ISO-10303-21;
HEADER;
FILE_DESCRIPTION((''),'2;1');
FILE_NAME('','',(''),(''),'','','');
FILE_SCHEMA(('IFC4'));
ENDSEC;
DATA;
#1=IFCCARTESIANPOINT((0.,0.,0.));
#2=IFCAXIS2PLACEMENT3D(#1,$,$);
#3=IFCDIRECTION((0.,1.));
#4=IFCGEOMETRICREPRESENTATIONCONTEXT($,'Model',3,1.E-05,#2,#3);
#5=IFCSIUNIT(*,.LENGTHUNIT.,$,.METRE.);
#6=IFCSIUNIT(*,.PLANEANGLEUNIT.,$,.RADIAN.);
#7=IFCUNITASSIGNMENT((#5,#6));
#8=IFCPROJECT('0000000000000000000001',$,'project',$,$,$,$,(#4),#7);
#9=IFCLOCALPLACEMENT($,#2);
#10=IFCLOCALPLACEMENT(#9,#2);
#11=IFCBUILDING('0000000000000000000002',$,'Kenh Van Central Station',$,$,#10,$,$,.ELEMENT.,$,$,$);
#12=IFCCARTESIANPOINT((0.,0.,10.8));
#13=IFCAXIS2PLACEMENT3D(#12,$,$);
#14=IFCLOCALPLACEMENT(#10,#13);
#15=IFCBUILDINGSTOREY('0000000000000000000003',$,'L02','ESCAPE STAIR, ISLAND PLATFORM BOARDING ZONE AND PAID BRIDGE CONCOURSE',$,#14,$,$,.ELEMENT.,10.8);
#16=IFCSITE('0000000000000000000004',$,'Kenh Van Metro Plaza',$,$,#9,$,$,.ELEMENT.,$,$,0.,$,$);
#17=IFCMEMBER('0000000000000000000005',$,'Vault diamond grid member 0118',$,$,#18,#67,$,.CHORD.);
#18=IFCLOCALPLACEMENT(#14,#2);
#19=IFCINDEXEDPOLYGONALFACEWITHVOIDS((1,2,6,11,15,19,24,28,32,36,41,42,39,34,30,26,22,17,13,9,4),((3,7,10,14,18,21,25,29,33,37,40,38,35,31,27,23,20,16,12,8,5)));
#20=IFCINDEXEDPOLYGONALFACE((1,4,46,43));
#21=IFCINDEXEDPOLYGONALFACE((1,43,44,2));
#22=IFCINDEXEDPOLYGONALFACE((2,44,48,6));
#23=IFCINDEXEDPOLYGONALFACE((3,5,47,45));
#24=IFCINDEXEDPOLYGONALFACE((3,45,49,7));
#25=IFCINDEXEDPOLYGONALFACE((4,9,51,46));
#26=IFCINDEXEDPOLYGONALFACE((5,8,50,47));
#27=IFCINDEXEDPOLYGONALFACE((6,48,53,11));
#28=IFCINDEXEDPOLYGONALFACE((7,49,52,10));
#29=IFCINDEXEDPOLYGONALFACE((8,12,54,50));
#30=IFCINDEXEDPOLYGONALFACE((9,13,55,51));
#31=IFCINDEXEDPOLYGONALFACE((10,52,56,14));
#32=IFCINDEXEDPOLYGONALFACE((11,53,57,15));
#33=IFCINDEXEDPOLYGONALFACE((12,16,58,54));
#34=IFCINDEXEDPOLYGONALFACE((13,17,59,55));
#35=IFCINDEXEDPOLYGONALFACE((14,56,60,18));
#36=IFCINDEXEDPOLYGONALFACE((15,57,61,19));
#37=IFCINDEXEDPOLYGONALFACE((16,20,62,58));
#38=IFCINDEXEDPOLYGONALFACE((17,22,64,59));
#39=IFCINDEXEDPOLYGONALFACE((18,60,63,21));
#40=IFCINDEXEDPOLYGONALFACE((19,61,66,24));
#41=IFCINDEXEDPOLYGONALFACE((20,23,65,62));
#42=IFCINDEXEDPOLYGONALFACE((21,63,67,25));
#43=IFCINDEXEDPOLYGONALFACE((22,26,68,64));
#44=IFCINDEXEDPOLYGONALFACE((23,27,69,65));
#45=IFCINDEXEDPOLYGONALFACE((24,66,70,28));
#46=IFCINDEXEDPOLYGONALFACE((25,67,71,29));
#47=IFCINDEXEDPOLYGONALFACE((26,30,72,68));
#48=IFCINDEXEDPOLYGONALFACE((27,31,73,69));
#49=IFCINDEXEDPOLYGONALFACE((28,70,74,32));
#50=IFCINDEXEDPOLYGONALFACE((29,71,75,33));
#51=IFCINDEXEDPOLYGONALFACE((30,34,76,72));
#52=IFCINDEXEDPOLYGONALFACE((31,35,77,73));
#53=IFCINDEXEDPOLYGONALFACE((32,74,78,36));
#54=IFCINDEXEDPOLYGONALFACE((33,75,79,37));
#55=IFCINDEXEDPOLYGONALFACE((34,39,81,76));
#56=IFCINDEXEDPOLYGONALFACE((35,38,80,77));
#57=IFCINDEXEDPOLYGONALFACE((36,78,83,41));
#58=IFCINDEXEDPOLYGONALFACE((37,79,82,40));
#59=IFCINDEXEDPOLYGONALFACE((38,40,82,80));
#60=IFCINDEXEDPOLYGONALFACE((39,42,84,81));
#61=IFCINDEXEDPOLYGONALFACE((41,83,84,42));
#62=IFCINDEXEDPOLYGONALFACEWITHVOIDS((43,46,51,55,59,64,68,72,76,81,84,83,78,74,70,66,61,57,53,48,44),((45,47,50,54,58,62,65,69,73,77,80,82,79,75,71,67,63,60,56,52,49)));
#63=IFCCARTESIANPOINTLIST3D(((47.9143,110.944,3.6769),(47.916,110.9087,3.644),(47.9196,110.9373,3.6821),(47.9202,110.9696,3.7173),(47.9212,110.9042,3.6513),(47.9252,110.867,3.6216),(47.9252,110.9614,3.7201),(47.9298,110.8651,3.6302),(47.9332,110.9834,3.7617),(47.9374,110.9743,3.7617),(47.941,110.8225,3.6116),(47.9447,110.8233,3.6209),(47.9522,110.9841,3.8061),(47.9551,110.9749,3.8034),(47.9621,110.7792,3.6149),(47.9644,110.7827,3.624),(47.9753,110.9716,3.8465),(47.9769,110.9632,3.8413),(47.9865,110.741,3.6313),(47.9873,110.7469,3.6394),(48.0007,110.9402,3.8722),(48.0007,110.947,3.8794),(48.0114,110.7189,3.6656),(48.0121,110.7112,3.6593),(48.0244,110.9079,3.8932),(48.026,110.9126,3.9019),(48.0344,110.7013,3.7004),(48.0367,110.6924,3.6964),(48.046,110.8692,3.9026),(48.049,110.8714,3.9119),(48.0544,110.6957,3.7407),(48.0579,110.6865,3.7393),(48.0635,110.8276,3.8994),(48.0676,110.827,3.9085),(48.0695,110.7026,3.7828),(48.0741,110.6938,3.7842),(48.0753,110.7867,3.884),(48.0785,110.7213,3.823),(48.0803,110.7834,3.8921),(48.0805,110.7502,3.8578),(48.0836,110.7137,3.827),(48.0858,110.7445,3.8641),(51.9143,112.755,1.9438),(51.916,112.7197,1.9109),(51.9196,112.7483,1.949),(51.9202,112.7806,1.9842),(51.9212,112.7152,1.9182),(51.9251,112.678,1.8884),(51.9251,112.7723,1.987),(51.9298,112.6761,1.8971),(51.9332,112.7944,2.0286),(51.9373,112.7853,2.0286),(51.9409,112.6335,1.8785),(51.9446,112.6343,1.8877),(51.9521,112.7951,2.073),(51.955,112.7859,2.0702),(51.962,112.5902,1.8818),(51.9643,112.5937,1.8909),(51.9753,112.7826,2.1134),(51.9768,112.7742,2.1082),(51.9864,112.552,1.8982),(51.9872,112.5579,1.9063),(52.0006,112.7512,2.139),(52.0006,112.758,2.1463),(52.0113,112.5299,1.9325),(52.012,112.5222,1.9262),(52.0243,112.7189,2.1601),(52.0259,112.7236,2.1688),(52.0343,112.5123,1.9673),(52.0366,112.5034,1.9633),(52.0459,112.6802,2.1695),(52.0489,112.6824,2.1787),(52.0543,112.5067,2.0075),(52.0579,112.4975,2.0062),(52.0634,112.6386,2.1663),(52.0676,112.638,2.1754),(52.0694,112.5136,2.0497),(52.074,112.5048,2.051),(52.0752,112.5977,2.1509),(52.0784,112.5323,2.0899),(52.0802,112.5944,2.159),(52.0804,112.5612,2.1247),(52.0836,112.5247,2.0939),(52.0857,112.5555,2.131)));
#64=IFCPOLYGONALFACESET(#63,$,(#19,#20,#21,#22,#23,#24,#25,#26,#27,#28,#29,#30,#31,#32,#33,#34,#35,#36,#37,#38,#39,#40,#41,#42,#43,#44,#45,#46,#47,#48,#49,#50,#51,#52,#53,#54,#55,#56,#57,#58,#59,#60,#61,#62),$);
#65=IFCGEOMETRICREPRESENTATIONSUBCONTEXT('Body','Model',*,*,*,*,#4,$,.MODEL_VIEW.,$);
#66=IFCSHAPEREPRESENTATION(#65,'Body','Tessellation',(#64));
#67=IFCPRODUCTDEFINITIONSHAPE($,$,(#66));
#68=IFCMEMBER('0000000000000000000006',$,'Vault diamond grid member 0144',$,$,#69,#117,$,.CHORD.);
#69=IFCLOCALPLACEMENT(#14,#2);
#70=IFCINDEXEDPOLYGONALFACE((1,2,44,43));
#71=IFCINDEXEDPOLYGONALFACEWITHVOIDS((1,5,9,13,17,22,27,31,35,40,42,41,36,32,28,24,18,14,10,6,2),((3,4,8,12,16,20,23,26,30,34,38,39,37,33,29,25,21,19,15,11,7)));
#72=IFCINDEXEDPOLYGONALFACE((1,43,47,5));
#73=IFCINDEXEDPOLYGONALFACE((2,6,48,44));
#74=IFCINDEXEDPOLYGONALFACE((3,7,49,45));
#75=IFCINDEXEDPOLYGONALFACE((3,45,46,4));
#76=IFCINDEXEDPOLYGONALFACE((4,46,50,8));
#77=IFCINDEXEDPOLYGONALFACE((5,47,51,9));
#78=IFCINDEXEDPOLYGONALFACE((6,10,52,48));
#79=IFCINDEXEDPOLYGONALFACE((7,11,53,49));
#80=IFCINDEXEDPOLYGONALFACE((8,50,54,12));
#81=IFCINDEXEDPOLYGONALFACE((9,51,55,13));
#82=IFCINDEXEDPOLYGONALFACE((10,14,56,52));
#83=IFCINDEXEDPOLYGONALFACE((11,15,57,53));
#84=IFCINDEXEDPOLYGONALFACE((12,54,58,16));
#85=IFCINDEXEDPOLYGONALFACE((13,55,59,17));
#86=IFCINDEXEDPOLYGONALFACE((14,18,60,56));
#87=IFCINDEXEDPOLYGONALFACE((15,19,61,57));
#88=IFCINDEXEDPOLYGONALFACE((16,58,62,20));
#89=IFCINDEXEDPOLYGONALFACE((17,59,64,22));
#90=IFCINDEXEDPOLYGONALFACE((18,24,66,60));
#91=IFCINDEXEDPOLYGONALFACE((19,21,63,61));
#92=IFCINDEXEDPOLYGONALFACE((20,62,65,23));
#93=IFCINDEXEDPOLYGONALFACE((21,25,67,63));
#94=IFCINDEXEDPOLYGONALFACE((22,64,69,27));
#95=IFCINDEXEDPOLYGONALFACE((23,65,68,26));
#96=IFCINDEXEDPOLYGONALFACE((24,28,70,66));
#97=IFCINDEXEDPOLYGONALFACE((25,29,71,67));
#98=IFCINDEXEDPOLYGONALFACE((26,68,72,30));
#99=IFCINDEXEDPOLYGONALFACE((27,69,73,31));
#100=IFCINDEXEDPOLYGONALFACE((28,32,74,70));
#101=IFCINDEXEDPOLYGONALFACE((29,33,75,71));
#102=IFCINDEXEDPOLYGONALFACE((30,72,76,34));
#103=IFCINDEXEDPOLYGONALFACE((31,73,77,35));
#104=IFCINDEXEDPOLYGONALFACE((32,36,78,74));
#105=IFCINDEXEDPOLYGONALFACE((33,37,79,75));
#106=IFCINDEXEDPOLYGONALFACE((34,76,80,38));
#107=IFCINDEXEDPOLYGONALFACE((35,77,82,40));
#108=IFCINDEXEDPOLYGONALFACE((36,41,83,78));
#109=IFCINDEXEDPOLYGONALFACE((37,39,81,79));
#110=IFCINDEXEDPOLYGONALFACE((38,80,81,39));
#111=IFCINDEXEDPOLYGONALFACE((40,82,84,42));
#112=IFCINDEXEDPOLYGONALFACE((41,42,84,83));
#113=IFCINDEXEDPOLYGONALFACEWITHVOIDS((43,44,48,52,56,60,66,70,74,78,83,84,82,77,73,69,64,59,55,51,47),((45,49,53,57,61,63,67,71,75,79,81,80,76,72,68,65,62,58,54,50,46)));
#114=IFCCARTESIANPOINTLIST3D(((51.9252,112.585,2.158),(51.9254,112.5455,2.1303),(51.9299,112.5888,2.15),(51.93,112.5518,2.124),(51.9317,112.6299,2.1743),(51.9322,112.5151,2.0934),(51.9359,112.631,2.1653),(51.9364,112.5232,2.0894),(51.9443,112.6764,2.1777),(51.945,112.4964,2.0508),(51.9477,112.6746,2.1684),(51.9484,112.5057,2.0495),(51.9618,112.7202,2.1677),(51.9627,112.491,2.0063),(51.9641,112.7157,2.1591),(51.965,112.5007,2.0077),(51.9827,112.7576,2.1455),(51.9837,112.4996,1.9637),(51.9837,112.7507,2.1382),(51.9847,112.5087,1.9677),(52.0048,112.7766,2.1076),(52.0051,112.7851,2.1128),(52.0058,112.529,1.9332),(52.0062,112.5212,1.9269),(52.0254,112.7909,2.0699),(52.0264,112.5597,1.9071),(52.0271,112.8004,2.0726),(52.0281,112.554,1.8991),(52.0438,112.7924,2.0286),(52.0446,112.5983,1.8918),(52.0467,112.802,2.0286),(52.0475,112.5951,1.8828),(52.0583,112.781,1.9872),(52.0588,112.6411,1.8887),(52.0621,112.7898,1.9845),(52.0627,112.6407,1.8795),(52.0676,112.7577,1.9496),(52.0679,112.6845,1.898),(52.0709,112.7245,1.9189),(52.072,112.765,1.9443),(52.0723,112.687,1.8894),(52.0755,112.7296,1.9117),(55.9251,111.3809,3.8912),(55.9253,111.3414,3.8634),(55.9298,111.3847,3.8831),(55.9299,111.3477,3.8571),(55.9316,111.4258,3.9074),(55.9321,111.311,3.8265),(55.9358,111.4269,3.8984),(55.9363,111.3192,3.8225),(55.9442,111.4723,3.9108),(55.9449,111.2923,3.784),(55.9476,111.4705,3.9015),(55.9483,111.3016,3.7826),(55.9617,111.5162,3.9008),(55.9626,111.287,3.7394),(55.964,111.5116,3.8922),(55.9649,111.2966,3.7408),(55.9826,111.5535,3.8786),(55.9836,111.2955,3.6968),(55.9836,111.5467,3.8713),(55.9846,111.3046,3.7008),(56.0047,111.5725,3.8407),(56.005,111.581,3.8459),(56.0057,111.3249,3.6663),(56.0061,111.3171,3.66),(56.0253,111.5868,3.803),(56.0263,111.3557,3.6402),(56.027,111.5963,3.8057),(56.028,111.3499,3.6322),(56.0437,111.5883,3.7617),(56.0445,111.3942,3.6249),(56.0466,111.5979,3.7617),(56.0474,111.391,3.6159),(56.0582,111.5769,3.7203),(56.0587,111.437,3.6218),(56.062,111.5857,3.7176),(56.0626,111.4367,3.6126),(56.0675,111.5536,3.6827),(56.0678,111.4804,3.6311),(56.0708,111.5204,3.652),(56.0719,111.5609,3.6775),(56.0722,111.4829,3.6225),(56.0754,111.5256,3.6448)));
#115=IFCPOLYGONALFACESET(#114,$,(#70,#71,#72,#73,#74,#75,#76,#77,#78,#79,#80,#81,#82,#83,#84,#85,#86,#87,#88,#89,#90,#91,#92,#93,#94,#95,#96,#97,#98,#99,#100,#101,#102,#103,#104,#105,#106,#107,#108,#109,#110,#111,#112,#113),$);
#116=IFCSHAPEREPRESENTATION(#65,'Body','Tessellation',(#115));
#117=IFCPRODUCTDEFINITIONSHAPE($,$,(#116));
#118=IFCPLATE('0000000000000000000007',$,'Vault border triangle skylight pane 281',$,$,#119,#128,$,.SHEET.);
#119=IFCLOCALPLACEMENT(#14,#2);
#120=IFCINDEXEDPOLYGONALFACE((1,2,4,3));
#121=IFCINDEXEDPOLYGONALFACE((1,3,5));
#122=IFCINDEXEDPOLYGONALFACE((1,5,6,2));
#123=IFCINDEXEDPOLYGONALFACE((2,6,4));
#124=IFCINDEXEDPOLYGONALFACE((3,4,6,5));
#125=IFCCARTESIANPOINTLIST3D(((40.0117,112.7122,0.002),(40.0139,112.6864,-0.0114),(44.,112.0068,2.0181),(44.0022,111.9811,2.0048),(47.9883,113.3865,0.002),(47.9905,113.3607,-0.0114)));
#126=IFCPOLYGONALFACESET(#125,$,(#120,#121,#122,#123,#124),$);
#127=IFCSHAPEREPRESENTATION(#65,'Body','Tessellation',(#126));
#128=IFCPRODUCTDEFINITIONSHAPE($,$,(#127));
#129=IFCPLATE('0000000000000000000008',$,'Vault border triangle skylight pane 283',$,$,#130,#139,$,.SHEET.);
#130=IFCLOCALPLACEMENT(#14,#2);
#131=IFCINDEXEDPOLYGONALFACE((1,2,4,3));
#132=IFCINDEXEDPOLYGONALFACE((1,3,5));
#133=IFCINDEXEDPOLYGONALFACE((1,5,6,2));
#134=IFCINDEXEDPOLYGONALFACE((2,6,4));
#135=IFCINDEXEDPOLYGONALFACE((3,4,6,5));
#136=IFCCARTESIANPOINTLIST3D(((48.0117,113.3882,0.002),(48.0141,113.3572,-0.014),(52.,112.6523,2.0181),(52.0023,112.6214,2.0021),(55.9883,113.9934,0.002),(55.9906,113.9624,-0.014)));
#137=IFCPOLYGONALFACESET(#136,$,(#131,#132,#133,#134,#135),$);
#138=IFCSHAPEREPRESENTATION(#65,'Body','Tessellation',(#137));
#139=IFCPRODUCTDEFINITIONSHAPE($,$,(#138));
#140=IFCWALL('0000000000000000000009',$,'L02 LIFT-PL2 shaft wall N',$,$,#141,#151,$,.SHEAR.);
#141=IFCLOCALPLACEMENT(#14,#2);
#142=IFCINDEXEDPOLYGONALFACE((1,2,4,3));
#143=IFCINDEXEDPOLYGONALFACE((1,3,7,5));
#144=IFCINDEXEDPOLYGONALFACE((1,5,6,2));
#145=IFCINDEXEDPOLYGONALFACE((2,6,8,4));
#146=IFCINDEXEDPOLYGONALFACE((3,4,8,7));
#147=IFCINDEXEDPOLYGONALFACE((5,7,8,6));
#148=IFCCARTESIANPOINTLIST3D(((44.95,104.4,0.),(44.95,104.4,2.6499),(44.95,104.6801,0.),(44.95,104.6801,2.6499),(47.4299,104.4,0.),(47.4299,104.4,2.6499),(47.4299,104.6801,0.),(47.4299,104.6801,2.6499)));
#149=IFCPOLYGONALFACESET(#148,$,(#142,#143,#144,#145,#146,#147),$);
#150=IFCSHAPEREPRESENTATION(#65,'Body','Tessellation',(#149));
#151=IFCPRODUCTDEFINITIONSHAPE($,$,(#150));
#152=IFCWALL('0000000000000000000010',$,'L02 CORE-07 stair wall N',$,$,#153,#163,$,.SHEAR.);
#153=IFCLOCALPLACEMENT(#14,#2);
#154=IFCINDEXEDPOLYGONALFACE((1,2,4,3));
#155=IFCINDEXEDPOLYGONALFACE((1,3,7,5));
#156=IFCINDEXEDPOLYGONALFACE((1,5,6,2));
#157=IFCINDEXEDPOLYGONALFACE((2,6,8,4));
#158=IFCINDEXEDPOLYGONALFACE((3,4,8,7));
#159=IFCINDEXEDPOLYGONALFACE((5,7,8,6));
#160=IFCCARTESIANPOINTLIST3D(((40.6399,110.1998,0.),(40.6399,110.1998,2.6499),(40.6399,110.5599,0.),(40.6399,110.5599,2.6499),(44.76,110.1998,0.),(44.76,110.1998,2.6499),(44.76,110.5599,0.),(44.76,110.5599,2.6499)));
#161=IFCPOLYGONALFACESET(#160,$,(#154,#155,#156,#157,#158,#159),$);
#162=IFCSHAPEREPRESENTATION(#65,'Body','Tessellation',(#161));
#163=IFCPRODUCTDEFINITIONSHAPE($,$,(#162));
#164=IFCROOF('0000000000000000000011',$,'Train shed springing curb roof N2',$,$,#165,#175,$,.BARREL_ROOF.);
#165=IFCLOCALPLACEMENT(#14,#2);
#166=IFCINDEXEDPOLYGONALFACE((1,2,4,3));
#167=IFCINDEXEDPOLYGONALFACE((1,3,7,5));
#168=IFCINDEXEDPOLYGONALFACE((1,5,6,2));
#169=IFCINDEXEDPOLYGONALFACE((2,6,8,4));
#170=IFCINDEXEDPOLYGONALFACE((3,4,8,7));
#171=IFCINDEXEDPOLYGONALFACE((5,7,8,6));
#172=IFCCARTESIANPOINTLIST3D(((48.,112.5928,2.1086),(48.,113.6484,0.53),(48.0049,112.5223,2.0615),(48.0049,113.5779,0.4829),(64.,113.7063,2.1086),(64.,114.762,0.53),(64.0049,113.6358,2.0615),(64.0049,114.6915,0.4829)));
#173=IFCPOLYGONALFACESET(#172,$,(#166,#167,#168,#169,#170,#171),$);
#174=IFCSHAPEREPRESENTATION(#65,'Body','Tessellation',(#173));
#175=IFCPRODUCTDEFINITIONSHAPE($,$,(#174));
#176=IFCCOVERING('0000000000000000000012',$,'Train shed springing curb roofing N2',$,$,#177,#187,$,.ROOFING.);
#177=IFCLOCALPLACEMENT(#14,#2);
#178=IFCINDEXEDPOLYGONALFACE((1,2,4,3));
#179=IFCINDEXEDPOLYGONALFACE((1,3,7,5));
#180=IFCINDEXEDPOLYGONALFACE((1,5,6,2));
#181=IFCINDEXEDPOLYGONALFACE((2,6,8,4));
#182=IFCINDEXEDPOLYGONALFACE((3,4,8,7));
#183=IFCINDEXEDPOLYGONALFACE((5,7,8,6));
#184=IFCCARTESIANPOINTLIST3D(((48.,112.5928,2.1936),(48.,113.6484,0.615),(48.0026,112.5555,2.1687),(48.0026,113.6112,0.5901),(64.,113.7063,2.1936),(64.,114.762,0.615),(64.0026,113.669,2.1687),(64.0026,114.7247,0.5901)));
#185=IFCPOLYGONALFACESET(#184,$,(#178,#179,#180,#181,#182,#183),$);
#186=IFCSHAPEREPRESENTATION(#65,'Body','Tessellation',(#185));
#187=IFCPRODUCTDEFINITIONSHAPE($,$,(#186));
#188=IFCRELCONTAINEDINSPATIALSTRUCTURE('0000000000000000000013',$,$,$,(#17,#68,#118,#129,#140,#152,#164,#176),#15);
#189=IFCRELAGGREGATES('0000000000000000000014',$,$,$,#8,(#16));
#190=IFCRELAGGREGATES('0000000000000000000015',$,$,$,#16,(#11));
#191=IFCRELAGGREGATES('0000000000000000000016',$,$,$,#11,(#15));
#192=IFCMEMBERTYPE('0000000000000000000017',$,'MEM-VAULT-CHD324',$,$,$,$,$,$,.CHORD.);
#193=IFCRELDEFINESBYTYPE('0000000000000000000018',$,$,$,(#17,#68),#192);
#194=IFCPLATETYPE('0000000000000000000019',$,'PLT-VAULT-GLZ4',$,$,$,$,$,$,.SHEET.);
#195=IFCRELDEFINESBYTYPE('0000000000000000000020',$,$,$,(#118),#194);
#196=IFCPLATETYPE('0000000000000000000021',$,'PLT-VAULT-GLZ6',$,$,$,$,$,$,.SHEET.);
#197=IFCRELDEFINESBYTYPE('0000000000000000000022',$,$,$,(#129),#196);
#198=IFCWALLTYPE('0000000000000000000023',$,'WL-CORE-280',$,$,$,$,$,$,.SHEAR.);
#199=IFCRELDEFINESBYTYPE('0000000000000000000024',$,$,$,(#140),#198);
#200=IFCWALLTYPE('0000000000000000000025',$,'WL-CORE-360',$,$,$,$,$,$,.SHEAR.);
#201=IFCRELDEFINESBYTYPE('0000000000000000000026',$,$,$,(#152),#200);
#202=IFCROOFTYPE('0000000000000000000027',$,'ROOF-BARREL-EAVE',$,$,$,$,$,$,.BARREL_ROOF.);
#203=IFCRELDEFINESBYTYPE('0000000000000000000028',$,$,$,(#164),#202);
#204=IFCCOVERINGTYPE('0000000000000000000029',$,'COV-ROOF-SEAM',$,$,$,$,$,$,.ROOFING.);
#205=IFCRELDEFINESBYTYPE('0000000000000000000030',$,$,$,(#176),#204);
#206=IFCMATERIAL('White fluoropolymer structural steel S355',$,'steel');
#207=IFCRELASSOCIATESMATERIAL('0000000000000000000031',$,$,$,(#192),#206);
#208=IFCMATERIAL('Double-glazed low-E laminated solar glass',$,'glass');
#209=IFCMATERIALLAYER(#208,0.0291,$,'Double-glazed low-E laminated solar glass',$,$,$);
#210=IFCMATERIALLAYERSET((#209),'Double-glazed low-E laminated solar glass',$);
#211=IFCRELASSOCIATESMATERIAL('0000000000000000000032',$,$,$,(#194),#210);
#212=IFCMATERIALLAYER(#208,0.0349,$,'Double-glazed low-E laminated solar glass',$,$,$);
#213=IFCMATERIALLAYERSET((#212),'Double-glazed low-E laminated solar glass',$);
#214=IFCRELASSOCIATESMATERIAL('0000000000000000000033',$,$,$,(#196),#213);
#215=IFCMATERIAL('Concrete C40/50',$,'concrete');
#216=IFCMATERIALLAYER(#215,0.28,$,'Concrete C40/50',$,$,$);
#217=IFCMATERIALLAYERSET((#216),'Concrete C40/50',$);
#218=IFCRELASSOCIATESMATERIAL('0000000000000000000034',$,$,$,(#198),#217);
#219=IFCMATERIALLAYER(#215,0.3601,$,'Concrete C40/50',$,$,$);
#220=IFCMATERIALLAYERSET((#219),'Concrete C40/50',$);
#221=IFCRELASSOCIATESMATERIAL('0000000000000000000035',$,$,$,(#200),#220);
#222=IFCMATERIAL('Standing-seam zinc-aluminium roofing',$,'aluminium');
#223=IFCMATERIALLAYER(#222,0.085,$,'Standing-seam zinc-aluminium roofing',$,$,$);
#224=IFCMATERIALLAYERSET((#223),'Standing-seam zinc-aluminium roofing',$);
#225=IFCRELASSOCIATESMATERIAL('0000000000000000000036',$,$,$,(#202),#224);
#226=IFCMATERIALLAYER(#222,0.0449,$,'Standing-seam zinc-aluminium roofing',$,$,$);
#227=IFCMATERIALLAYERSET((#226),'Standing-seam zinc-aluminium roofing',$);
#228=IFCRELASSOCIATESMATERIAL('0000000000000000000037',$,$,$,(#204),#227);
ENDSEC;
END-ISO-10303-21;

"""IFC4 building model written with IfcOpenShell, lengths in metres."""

from ifc_helpers import new_model, si_unit, direction, frame, frame_2d, origin, origin_2d, place, context, subcontext, project, spatial, polyline, rectangle, hollow_circle, outline, extrude, material, layer, layer_set, material_profile, profile_set, type_object, element, save


model = new_model("IFC4")

# Units and contexts
model_context = context("Model", 3, precision=1e-05, world=origin(), true_north=direction((0.0, 1.0)))
body_context = subcontext(model_context, "Body", "Model", "MODEL_VIEW")
ifc_project = project(units=[si_unit("LENGTHUNIT", "METRE"), si_unit("PLANEANGLEUNIT", "RADIAN")], contexts=[model_context])

# Site, building, storey
site_placement = place(None, origin())
site = spatial("IfcSite", under=ifc_project, at=site_placement, Name="Kenh Van Metro Plaza", CompositionType="ELEMENT", RefElevation=0.0)
building_placement = place(site_placement, origin())
building = spatial("IfcBuilding", under=site, at=building_placement, Name="Kenh Van Central Station", CompositionType="ELEMENT")
storey_placement = place(building_placement, frame((0.0, 0.0, 10.8)))
storey = spatial("IfcBuildingStorey", under=building, at=storey_placement, Name="L02", Description="ESCAPE STAIR, ISLAND PLATFORM BOARDING ZONE AND PAID BRIDGE CONCOURSE", CompositionType="ELEMENT", Elevation=10.8)

# Shared definitions
ifc_material_1 = material(Name="White fluoropolymer structural steel S355", Category="steel")

# Members
ifc_material_profile_1 = material_profile(ifc_material_1, hollow_circle(Radius=0.1619, WallThickness=0.01, at=origin_2d()), Name="CHS 323.9x10")
ifc_profile_set_1 = profile_set([ifc_material_profile_1], Name="White fluoropolymer structural steel S355")
member_type_1 = type_object("IfcMemberType", Name="MEM-VAULT-CHD324", PredefinedType="CHORD", material=ifc_profile_set_1)
member_1_placement = place(storey_placement, frame((48.0, 110.8359, 3.7617), z_axis=(0.847357, 0.383648, -0.36715), x_axis=(-0.412454, 0.910979, 0.0)))
element("IfcMember", 1, at=member_1_placement, inside=storey, type_object=member_type_1, Name="Vault diamond grid member 0118", PredefinedType="CHORD", context=body_context, shape_type="SweptSolid", body=[
    extrude(hollow_circle(Radius=0.1619, WallThickness=0.01, at=origin_2d()), origin(), (0.0, 0.0, 1.0), 4.7205),
])
member_2_placement = place(storey_placement, frame((52.0, 112.647, 2.0286), z_axis=(0.884452, -0.266242, 0.383223), x_axis=(0.288249, 0.957556, 0.0)))
element("IfcMember", 2, at=member_2_placement, inside=storey, type_object=member_type_1, Name="Vault diamond grid member 0144", PredefinedType="CHORD", context=body_context, shape_type="SweptSolid", body=[
    extrude(hollow_circle(Radius=0.1619, WallThickness=0.01, at=origin_2d()), origin(), (0.0, 0.0, 1.0), 4.5225),
])

# Plates
ifc_material_2 = material(Name="Double-glazed low-E laminated solar glass", Category="glass")
ifc_layer_1 = layer(ifc_material_2, 0.0291, Name="Double-glazed low-E laminated solar glass")
ifc_layer_set_1 = layer_set([ifc_layer_1], Name="Double-glazed low-E laminated solar glass")
plate_type_1 = type_object("IfcPlateType", Name="PLT-VAULT-GLZ4", PredefinedType="SHEET", material=ifc_layer_set_1)
plate_1_placement = place(storey_placement, frame((40.0117, 112.7122, 0.002), z_axis=(-0.074882, 0.885784, 0.458016), x_axis=(0.88154, -0.155899, 0.445627)))
element("IfcPlate", 3, at=plate_1_placement, inside=storey, type_object=plate_type_1, Name="Vault border triangle skylight pane 281", PredefinedType="SHEET", context=body_context, shape_type="SweptSolid", body=[
    extrude(outline(polyline([(0.0, 0.0), (4.5242, 0.0), (6.9265, 4.0129), (0.0, 0.0)])), origin(), (0.0, 0.0, -1.0), 0.0291),
])
ifc_layer_2 = layer(ifc_material_2, 0.0349, Name="Double-glazed low-E laminated solar glass")
ifc_layer_set_2 = layer_set([ifc_layer_2], Name="Double-glazed low-E laminated solar glass")
plate_type_2 = type_object("IfcPlateType", Name="PLT-VAULT-GLZ6", PredefinedType="SHEET", material=ifc_layer_set_2)
plate_2_placement = place(storey_placement, frame((48.0117, 113.3882, 0.002), z_axis=(-0.0673, 0.886986, 0.456866), x_axis=(0.880594, -0.16247, 0.445149)))
element("IfcPlate", 4, at=plate_2_placement, inside=storey, type_object=plate_type_2, Name="Vault border triangle skylight pane 283", PredefinedType="SHEET", context=body_context, shape_type="SweptSolid", body=[
    extrude(outline(polyline([(0.0, 0.0), (4.5291, 0.0), (6.9258, 4.0032), (0.0, 0.0)])), origin(), (0.0, 0.0, -1.0), 0.0349),
])

# Walls
ifc_material_3 = material(Name="Concrete C40/50", Category="concrete")
ifc_layer_3 = layer(ifc_material_3, 0.28, Name="Concrete C40/50")
ifc_layer_set_3 = layer_set([ifc_layer_3], Name="Concrete C40/50")
wall_type_1 = type_object("IfcWallType", Name="WL-CORE-280", PredefinedType="SHEAR", material=ifc_layer_set_3)
wall_1_placement = place(storey_placement, frame((44.95, 104.54, 0.0), z_axis=(0.0, 0.0, 1.0), x_axis=(1.0, 0.0, 0.0)))
element("IfcWall", 5, at=wall_1_placement, inside=storey, type_object=wall_type_1, Name="L02 LIFT-PL2 shaft wall N", PredefinedType="SHEAR", context=body_context, shape_type="SweptSolid", body=[
    extrude(rectangle(XDim=2.48, YDim=0.28, at=frame_2d((1.24, 0.0))), origin(), (0.0, 0.0, 1.0), 2.6499),
])
ifc_layer_4 = layer(ifc_material_3, 0.3601, Name="Concrete C40/50")
ifc_layer_set_4 = layer_set([ifc_layer_4], Name="Concrete C40/50")
wall_type_2 = type_object("IfcWallType", Name="WL-CORE-360", PredefinedType="SHEAR", material=ifc_layer_set_4)
wall_2_placement = place(storey_placement, frame((40.6399, 110.3799, 0.0), z_axis=(0.0, 0.0, 1.0), x_axis=(1.0, 0.0, 0.0)))
element("IfcWall", 6, at=wall_2_placement, inside=storey, type_object=wall_type_2, Name="L02 CORE-07 stair wall N", PredefinedType="SHEAR", context=body_context, shape_type="SweptSolid", body=[
    extrude(rectangle(XDim=4.1201, YDim=0.3601, at=frame_2d((2.0601, 0.0))), origin(), (0.0, 0.0, 1.0), 2.6499),
])

# Roof
ifc_material_4 = material(Name="Standing-seam zinc-aluminium roofing", Category="aluminium")
ifc_layer_5 = layer(ifc_material_4, 0.085, Name="Standing-seam zinc-aluminium roofing")
ifc_layer_set_5 = layer_set([ifc_layer_5], Name="Standing-seam zinc-aluminium roofing")
roof_type = type_object("IfcRoofType", Name="ROOF-BARREL-EAVE", PredefinedType="BARREL_ROOF", material=ifc_layer_set_5)
roof_placement = place(storey_placement, frame((48.0, 112.5928, 2.1086), z_axis=(-0.057755, 0.829871, 0.554958), x_axis=(0.997587, 0.069427, 0.0)))
element("IfcRoof", 7, at=roof_placement, inside=storey, type_object=roof_type, Name="Train shed springing curb roof N2", PredefinedType="BARREL_ROOF", context=body_context, shape_type="SweptSolid", body=[
    extrude(outline(polyline([(0.0, 0.0), (16.0387, 0.0), (16.112, 1.8976), (0.0733, 1.8976), (0.0, 0.0)])), origin(), (0.0, 0.0, -1.0), 0.085),
])

# Covering
ifc_layer_6 = layer(ifc_material_4, 0.0449, Name="Standing-seam zinc-aluminium roofing")
ifc_layer_set_6 = layer_set([ifc_layer_6], Name="Standing-seam zinc-aluminium roofing")
covering_type = type_object("IfcCoveringType", Name="COV-ROOF-SEAM", PredefinedType="ROOFING", material=ifc_layer_set_6)
covering_placement = place(storey_placement, frame((48.0, 112.5928, 2.1936), z_axis=(-0.057755, 0.829871, 0.554958), x_axis=(0.997587, 0.069427, 0.0)))
element("IfcCovering", 8, at=covering_placement, inside=storey, type_object=covering_type, Name="Train shed springing curb roofing N2", PredefinedType="ROOFING", context=body_context, shape_type="SweptSolid", body=[
    extrude(outline(polyline([(0.0, 0.0), (16.0387, 0.0), (16.112, 1.8976), (0.0733, 1.8976), (0.0, 0.0)])), origin(), (0.0, 0.0, -1.0), 0.0449),
])

save(model, "model.ifc")
